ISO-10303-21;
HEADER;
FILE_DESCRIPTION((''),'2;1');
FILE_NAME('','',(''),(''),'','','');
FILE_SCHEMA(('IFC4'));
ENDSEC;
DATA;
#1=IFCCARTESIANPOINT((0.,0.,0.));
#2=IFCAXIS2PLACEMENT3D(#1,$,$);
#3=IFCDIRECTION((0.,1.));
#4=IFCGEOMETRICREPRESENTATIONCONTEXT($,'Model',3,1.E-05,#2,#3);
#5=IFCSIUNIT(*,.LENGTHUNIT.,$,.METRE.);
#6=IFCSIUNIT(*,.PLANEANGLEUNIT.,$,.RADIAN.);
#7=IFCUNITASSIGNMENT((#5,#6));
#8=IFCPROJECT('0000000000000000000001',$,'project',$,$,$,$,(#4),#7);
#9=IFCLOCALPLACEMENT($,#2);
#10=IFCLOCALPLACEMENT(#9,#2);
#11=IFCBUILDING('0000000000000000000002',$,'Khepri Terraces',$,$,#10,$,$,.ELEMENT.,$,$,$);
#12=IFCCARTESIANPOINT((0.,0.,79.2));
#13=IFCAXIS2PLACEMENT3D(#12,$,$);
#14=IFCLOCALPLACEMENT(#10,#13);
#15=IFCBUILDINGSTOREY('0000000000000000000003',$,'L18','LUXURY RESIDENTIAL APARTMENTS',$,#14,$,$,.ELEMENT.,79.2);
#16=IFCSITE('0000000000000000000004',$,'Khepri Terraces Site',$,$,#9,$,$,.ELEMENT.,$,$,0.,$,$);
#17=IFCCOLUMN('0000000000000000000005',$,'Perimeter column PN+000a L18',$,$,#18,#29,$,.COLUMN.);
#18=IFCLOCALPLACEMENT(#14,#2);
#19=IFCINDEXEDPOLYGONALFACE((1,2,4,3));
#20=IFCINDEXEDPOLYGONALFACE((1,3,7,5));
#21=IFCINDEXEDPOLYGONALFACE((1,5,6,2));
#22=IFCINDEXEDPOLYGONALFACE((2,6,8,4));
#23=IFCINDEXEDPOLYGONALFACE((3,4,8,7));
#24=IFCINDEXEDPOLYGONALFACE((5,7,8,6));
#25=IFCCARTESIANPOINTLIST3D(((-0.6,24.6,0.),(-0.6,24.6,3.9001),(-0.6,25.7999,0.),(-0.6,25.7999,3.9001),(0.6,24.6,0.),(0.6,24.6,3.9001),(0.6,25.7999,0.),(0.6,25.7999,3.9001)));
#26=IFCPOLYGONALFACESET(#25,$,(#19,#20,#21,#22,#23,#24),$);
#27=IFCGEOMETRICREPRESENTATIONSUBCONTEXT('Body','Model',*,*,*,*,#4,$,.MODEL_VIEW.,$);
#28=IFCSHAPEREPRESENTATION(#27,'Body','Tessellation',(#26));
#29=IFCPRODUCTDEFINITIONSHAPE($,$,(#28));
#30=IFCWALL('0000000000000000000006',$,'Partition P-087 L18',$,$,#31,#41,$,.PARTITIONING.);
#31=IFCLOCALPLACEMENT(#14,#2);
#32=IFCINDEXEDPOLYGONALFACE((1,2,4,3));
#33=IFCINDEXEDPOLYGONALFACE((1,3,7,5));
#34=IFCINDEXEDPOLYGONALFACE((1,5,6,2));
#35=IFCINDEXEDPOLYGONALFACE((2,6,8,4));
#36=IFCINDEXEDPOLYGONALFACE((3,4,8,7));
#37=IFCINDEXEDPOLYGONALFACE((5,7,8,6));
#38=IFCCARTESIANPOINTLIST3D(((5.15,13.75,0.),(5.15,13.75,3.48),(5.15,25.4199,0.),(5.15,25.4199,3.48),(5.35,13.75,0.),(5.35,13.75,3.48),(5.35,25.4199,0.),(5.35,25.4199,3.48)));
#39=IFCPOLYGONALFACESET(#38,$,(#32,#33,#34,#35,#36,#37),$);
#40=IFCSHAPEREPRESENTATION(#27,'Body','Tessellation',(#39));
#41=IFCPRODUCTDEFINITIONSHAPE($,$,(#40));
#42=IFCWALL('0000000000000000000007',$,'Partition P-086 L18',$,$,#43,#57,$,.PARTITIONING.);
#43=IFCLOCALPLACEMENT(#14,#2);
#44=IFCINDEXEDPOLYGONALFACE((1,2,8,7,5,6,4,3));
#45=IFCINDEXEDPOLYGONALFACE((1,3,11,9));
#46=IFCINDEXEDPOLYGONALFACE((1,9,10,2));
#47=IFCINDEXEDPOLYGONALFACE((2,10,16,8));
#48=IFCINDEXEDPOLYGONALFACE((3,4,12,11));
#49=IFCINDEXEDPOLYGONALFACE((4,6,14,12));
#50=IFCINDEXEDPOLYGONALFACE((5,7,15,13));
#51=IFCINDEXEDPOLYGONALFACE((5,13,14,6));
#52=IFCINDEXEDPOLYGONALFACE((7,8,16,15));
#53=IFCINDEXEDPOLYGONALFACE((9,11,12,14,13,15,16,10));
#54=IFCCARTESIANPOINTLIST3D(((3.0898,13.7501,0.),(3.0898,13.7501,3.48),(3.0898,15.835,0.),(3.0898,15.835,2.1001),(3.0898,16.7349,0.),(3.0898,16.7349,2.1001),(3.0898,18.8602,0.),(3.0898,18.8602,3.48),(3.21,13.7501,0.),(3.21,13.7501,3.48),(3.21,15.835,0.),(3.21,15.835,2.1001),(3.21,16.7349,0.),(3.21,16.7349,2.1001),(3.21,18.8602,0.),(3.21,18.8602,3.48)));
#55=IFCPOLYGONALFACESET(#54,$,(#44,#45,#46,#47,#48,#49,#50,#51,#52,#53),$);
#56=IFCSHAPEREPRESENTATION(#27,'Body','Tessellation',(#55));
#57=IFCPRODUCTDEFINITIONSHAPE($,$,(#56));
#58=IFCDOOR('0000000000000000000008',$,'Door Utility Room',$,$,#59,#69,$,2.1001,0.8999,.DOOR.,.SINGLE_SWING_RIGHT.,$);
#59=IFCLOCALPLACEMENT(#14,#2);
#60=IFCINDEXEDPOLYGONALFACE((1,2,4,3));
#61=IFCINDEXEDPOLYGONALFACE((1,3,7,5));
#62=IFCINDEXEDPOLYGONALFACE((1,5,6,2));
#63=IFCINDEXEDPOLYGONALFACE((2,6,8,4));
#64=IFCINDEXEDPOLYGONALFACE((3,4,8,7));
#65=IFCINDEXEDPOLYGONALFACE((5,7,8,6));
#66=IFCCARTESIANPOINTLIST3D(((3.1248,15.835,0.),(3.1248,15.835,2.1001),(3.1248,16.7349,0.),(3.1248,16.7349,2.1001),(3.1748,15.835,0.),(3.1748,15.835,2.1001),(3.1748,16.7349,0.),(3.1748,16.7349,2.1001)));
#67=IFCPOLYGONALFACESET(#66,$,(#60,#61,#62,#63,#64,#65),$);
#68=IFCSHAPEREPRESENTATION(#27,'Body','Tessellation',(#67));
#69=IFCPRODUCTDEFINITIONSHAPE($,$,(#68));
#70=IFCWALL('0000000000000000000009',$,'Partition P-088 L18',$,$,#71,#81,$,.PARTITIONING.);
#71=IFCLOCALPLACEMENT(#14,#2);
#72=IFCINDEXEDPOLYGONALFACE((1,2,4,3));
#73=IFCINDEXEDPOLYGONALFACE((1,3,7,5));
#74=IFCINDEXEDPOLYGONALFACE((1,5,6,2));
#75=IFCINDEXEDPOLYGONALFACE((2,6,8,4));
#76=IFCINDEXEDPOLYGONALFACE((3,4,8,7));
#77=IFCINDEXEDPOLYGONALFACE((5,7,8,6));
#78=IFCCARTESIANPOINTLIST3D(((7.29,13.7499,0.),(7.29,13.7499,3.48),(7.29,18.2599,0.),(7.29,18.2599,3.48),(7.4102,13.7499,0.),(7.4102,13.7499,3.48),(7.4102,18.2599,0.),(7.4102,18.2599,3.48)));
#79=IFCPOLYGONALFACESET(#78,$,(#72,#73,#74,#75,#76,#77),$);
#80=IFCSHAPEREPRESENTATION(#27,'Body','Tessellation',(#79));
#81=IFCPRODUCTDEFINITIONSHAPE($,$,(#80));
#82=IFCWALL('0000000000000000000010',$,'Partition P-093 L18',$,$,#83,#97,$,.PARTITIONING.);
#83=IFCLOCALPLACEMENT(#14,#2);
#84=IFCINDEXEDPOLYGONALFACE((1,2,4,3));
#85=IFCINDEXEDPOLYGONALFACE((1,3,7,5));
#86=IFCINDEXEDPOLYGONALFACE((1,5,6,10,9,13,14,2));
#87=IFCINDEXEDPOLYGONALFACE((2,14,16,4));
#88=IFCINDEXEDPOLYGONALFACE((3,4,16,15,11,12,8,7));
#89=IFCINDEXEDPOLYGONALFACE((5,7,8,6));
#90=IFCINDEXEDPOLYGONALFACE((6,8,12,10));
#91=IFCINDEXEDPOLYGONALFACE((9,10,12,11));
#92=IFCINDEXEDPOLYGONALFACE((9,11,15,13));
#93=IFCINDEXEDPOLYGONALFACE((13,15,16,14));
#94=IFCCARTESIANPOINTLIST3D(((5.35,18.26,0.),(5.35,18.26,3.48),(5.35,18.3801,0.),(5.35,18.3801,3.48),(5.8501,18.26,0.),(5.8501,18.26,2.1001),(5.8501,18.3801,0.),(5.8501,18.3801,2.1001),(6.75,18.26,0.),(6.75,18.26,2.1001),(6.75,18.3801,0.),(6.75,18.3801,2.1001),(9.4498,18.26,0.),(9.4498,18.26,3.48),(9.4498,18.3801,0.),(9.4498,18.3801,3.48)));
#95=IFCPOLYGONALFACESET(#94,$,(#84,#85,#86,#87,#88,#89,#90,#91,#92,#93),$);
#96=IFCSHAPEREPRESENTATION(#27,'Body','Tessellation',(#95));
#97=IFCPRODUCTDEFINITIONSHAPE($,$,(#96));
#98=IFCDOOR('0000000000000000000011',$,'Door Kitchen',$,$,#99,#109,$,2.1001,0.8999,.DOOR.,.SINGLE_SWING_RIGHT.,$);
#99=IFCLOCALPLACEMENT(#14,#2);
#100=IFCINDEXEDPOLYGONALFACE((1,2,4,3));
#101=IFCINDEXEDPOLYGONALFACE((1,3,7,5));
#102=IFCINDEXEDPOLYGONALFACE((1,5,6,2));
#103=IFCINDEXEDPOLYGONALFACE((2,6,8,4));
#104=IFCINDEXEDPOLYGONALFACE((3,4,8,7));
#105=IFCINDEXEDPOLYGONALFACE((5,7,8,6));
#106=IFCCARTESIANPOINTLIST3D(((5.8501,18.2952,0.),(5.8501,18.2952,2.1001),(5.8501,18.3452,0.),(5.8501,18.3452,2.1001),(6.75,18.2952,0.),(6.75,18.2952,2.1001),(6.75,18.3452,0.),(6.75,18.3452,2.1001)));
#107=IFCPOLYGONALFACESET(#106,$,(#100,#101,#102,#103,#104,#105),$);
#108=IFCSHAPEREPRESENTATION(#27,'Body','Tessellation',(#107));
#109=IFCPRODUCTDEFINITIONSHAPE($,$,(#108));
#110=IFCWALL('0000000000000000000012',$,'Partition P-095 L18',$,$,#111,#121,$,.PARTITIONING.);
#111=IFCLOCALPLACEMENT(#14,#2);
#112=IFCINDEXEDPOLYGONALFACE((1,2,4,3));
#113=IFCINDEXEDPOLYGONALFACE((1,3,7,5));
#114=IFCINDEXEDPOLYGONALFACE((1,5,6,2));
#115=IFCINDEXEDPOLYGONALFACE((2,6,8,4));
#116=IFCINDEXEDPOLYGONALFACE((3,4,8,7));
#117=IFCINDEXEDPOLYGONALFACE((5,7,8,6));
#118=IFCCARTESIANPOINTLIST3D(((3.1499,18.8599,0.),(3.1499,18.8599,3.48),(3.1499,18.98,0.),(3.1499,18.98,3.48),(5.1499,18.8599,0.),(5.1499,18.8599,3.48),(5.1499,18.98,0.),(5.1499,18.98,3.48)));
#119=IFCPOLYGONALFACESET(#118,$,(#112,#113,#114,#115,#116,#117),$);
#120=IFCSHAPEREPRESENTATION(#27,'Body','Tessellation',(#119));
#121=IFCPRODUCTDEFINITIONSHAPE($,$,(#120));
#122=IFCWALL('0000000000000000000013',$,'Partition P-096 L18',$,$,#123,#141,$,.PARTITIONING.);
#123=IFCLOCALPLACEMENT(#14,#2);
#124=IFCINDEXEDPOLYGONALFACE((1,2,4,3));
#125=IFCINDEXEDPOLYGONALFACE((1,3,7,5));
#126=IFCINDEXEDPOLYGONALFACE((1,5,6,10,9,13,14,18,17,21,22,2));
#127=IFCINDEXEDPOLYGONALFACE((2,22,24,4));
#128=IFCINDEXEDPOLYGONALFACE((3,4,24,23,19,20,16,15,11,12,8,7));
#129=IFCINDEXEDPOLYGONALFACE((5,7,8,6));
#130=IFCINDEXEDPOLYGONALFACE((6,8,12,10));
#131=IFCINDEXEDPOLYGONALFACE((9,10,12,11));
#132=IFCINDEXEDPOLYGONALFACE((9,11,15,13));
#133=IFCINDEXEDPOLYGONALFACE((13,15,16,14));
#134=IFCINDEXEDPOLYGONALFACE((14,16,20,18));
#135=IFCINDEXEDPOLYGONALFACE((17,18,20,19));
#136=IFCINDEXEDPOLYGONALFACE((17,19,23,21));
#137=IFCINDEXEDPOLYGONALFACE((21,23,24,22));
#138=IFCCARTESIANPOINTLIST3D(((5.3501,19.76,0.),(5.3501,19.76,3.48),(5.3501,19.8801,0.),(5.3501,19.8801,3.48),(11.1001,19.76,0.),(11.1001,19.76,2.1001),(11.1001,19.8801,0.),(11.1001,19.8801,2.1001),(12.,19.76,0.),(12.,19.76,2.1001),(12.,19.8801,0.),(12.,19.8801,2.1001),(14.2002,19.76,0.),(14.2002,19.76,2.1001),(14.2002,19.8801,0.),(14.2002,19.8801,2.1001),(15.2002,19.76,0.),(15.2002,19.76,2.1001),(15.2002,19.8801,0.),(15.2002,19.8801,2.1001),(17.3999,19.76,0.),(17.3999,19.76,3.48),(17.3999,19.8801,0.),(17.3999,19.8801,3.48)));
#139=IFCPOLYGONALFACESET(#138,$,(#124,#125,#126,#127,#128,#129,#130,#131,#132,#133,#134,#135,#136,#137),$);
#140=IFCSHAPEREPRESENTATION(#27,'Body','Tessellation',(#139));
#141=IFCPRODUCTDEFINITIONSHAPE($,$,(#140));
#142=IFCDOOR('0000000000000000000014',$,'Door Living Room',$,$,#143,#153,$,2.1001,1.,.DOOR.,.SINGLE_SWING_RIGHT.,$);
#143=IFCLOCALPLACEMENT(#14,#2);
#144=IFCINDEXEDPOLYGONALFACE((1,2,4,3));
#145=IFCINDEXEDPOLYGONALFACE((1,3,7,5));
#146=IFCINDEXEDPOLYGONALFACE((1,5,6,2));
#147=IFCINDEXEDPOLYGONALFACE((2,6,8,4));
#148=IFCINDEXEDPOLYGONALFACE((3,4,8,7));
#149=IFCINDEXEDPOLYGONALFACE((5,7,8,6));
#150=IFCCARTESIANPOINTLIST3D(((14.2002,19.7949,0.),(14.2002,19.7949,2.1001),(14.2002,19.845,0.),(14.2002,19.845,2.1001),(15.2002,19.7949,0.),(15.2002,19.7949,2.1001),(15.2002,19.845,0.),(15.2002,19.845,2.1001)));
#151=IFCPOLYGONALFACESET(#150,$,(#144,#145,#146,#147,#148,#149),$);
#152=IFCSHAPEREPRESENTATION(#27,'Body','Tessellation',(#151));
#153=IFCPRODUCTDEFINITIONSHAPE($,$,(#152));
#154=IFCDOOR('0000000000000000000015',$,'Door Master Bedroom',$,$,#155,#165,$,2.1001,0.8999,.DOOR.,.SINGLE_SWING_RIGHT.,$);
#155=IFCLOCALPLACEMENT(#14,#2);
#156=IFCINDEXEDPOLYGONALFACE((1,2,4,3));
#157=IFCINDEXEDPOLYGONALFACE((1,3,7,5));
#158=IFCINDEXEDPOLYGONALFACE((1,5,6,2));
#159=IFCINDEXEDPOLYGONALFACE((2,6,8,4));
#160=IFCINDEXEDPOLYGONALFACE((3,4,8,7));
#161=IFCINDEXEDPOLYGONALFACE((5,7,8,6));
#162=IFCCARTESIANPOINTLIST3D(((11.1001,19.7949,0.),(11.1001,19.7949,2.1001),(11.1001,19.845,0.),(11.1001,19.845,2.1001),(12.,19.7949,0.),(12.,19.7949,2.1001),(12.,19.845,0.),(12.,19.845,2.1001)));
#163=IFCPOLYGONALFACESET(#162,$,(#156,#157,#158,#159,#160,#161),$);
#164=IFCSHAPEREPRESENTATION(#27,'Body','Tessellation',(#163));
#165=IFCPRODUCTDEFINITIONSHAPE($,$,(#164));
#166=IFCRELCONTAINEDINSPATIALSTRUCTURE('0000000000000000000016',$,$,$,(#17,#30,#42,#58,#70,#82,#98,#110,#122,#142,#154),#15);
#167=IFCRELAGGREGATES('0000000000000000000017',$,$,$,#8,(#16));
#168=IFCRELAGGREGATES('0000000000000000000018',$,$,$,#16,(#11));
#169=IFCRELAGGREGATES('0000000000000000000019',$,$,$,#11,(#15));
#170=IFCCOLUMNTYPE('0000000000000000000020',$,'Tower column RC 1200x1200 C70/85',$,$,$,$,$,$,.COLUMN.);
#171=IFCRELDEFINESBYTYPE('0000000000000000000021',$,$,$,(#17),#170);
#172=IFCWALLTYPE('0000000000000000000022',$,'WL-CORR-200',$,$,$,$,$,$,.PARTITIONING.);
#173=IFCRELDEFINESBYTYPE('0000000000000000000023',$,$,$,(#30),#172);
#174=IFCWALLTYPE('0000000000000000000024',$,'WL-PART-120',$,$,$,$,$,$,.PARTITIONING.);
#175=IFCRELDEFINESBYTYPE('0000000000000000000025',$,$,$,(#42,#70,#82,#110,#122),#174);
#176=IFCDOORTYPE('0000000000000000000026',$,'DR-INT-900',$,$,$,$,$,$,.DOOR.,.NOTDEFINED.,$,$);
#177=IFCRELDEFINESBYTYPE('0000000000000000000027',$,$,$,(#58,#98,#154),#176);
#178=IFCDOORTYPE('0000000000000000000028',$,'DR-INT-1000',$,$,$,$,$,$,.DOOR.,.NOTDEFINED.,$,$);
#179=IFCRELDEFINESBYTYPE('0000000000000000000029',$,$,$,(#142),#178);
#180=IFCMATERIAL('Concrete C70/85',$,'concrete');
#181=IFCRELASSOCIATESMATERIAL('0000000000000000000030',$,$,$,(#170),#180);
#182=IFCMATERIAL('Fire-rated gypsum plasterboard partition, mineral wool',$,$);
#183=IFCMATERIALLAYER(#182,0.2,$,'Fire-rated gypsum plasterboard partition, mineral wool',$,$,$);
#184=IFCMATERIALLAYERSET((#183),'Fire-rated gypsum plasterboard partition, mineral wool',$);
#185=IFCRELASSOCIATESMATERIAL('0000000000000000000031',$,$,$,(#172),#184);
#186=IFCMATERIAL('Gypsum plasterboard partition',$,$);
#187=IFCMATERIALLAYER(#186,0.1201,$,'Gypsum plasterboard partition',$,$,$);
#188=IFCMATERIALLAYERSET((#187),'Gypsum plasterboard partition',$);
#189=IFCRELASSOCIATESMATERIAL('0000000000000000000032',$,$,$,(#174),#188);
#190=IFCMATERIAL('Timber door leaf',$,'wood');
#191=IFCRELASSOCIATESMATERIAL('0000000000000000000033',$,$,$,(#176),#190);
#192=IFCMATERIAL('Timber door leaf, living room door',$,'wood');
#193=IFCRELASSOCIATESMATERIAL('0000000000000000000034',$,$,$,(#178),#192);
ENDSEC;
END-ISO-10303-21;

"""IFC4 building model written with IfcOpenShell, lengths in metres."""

from ifc_helpers import new_model, si_unit, direction, frame, frame_2d, origin, origin_2d, place, context, subcontext, project, spatial, rectangle, extrude, material, layer, layer_set, material_profile, profile_set, type_object, element, fill, save


model = new_model("IFC4")

# Units and contexts
model_context = context("Model", 3, precision=1e-05, world=origin(), true_north=direction((0.0, 1.0)))
body_context = subcontext(model_context, "Body", "Model", "MODEL_VIEW")
ifc_project = project(units=[si_unit("LENGTHUNIT", "METRE"), si_unit("PLANEANGLEUNIT", "RADIAN")], contexts=[model_context])

# Site, building, storey
site_placement = place(None, origin())
site = spatial("IfcSite", under=ifc_project, at=site_placement, Name="Khepri Terraces Site", CompositionType="ELEMENT", RefElevation=0.0)
building_placement = place(site_placement, origin())
building = spatial("IfcBuilding", under=site, at=building_placement, Name="Khepri Terraces", CompositionType="ELEMENT")
storey_placement = place(building_placement, frame((0.0, 0.0, 79.2)))
storey = spatial("IfcBuildingStorey", under=building, at=storey_placement, Name="L18", Description="LUXURY RESIDENTIAL APARTMENTS", CompositionType="ELEMENT", Elevation=79.2)

# Column
ifc_material_1 = material(Name="Concrete C70/85", Category="concrete")
ifc_material_profile = material_profile(ifc_material_1, rectangle(XDim=1.2, YDim=1.2, at=origin_2d()), Name="Concrete C70/85", Category="concrete")
ifc_profile_set = profile_set([ifc_material_profile], Name="Concrete C70/85")
column_type = type_object("IfcColumnType", Name="Tower column RC 1200x1200 C70/85", PredefinedType="COLUMN", material=ifc_profile_set)
column_placement = place(storey_placement, frame((0.0, 25.2, 0.0), z_axis=(0.0, 0.0, 1.0), x_axis=(1.0, 0.0, 0.0)))
element("IfcColumn", 1, at=column_placement, inside=storey, type_object=column_type, Name="Perimeter column PN+000a L18", PredefinedType="COLUMN", context=body_context, shape_type="SweptSolid", body=[
    extrude(rectangle(XDim=1.2, YDim=1.2, at=origin_2d()), origin(), (0.0, 0.0, 1.0), 3.9001),
])

# Wall
ifc_material_2 = material(Name="Fire-rated gypsum plasterboard partition, mineral wool")
ifc_layer_1 = layer(ifc_material_2, 0.2, Name="Fire-rated gypsum plasterboard partition, mineral wool")
ifc_layer_set_1 = layer_set([ifc_layer_1], Name="Fire-rated gypsum plasterboard partition, mineral wool")
wall_type_1 = type_object("IfcWallType", Name="WL-CORR-200", PredefinedType="PARTITIONING", material=ifc_layer_set_1)
wall_1_placement = place(storey_placement, frame((5.25, 13.75, 0.0), z_axis=(0.0, 0.0, 1.0), x_axis=(0.0, 1.0, 0.0)))
element("IfcWall", 2, at=wall_1_placement, inside=storey, type_object=wall_type_1, Name="Partition P-087 L18", PredefinedType="PARTITIONING", context=body_context, shape_type="SweptSolid", body=[
    extrude(rectangle(XDim=11.6699, YDim=0.2, at=frame_2d((5.835, 0.0))), origin(), (0.0, 0.0, 1.0), 3.48),
])

# Wall, opening, door
ifc_material_3 = material(Name="Gypsum plasterboard partition")
ifc_layer_2 = layer(ifc_material_3, 0.1201, Name="Gypsum plasterboard partition")
ifc_layer_set_2 = layer_set([ifc_layer_2], Name="Gypsum plasterboard partition")
wall_type_2 = type_object("IfcWallType", Name="WL-PART-120", PredefinedType="PARTITIONING", material=ifc_layer_set_2)
wall_2_placement = place(storey_placement, frame((3.1499, 13.75, 0.0), z_axis=(0.0, 0.0, 1.0), x_axis=(0.0, 1.0, 0.0)))
wall_2 = element("IfcWall", 3, at=wall_2_placement, inside=storey, type_object=wall_type_2, Name="Partition P-086 L18", PredefinedType="PARTITIONING", context=body_context, shape_type="SweptSolid", body=[
    extrude(rectangle(XDim=5.1101, YDim=0.1201, at=frame_2d((2.5552, 0.0))), origin(), (0.0, 0.0, 1.0), 3.48),
])
opening_1_placement = place(wall_2_placement, frame((2.085, 0.0, 0.0)))
opening_1 = element("IfcOpeningElement", 4, at=opening_1_placement, cuts=wall_2, PredefinedType="OPENING", context=body_context, shape_type="SweptSolid", body=[
    extrude(rectangle(XDim=0.8999, YDim=2.1001, at=frame_2d((0.45, 1.05))), frame((0.0, 0.0701, 0.0), z_axis=(0.0, -1.0, 0.0), x_axis=(1.0, 0.0, 0.0)), (0.0, 0.0, 1.0), 0.1401),
])
ifc_material_4 = material(Name="Timber door leaf", Category="wood")
door_type_1 = type_object("IfcDoorType", Name="DR-INT-900", OperationType="NOTDEFINED", PredefinedType="DOOR", material=ifc_material_4)
door_1_placement = place(opening_1_placement, frame((0.8999, 0.0, 0.0), z_axis=(0.0, 0.0, 1.0), x_axis=(-1.0, 0.0, 0.0)))
door_1 = element("IfcDoor", 5, at=door_1_placement, inside=storey, type_object=door_type_1, Name="Door Utility Room", OperationType="SINGLE_SWING_RIGHT", OverallHeight=2.1001, OverallWidth=0.8999, PredefinedType="DOOR", context=body_context, shape_type="SweptSolid", body=[
    extrude(rectangle(XDim=0.8999, YDim=2.1001, at=frame_2d((0.45, 1.05))), frame((0.0, 0.0249, 0.0), z_axis=(0.0, -1.0, 0.0), x_axis=(1.0, 0.0, 0.0)), (0.0, 0.0, 1.0), 0.05),
])
fill(opening_1, door_1)

# Wall
wall_3_placement = place(storey_placement, frame((7.3501, 13.75, 0.0), z_axis=(0.0, 0.0, 1.0), x_axis=(0.0, 1.0, 0.0)))
element("IfcWall", 6, at=wall_3_placement, inside=storey, type_object=wall_type_2, Name="Partition P-088 L18", PredefinedType="PARTITIONING", context=body_context, shape_type="SweptSolid", body=[
    extrude(rectangle(XDim=4.51, YDim=0.1201, at=frame_2d((2.2549, 0.0))), origin(), (0.0, 0.0, 1.0), 3.48),
])

# Wall, opening, door
wall_4_placement = place(storey_placement, frame((5.3501, 18.3201, 0.0), z_axis=(0.0, 0.0, 1.0), x_axis=(1.0, 0.0, 0.0)))
wall_4 = element("IfcWall", 7, at=wall_4_placement, inside=storey, type_object=wall_type_2, Name="Partition P-093 L18", PredefinedType="PARTITIONING", context=body_context, shape_type="SweptSolid", body=[
    extrude(rectangle(XDim=4.0999, YDim=0.1201, at=frame_2d((2.0498, 0.0))), origin(), (0.0, 0.0, 1.0), 3.48),
])
opening_2_placement = place(wall_4_placement, frame((0.5, 0.0, 0.0)))
opening_2 = element("IfcOpeningElement", 8, at=opening_2_placement, cuts=wall_4, PredefinedType="OPENING", context=body_context, shape_type="SweptSolid", body=[
    extrude(rectangle(XDim=0.8999, YDim=2.1001, at=frame_2d((0.45, 1.05))), frame((0.0, 0.0701, 0.0), z_axis=(0.0, -1.0, 0.0), x_axis=(1.0, 0.0, 0.0)), (0.0, 0.0, 1.0), 0.1401),
])
door_2_placement = place(opening_2_placement, frame((0.8999, 0.0, 0.0), z_axis=(0.0, 0.0, 1.0), x_axis=(-1.0, 0.0, 0.0)))
door_2 = element("IfcDoor", 9, at=door_2_placement, inside=storey, type_object=door_type_1, Name="Door Kitchen", OperationType="SINGLE_SWING_RIGHT", OverallHeight=2.1001, OverallWidth=0.8999, PredefinedType="DOOR", context=body_context, shape_type="SweptSolid", body=[
    extrude(rectangle(XDim=0.8999, YDim=2.1001, at=frame_2d((0.45, 1.05))), frame((0.0, 0.0249, 0.0), z_axis=(0.0, -1.0, 0.0), x_axis=(1.0, 0.0, 0.0)), (0.0, 0.0, 1.0), 0.05),
])
fill(opening_2, door_2)

# Wall
wall_5_placement = place(storey_placement, frame((3.1499, 18.9199, 0.0), z_axis=(0.0, 0.0, 1.0), x_axis=(1.0, 0.0, 0.0)))
element("IfcWall", 10, at=wall_5_placement, inside=storey, type_object=wall_type_2, Name="Partition P-095 L18", PredefinedType="PARTITIONING", context=body_context, shape_type="SweptSolid", body=[
    extrude(rectangle(XDim=2.0, YDim=0.1201, at=frame_2d((1.0, 0.0))), origin(), (0.0, 0.0, 1.0), 3.48),
])

# Wall, openings, doors
wall_6_placement = place(storey_placement, frame((5.3501, 19.8201, 0.0), z_axis=(0.0, 0.0, 1.0), x_axis=(1.0, 0.0, 0.0)))
wall_6 = element("IfcWall", 11, at=wall_6_placement, inside=storey, type_object=wall_type_2, Name="Partition P-096 L18", PredefinedType="PARTITIONING", context=body_context, shape_type="SweptSolid", body=[
    extrude(rectangle(XDim=12.0498, YDim=0.1201, at=frame_2d((6.0249, 0.0))), origin(), (0.0, 0.0, 1.0), 3.48),
])
opening_3_placement = place(wall_6_placement, frame((8.8501, 0.0, 0.0)))
opening_3 = element("IfcOpeningElement", 12, at=opening_3_placement, cuts=wall_6, PredefinedType="OPENING", context=body_context, shape_type="SweptSolid", body=[
    extrude(rectangle(XDim=1.0, YDim=2.1001, at=frame_2d((0.5, 1.05))), frame((0.0, 0.0701, 0.0), z_axis=(0.0, -1.0, 0.0), x_axis=(1.0, 0.0, 0.0)), (0.0, 0.0, 1.0), 0.1401),
])
opening_4_placement = place(wall_6_placement, frame((5.75, 0.0, 0.0)))
opening_4 = element("IfcOpeningElement", 13, at=opening_4_placement, cuts=wall_6, PredefinedType="OPENING", context=body_context, shape_type="SweptSolid", body=[
    extrude(rectangle(XDim=0.8999, YDim=2.1001, at=frame_2d((0.45, 1.05))), frame((0.0, 0.0701, 0.0), z_axis=(0.0, -1.0, 0.0), x_axis=(1.0, 0.0, 0.0)), (0.0, 0.0, 1.0), 0.1401),
])
ifc_material_5 = material(Name="Timber door leaf, living room door", Category="wood")
door_type_2 = type_object("IfcDoorType", Name="DR-INT-1000", OperationType="NOTDEFINED", PredefinedType="DOOR", material=ifc_material_5)
door_3_placement = place(opening_3_placement, origin())
door_3 = element("IfcDoor", 14, at=door_3_placement, inside=storey, type_object=door_type_2, Name="Door Living Room", OperationType="SINGLE_SWING_RIGHT", OverallHeight=2.1001, OverallWidth=1.0, PredefinedType="DOOR", context=body_context, shape_type="SweptSolid", body=[
    extrude(rectangle(XDim=1.0, YDim=2.1001, at=frame_2d((0.5, 1.05))), frame((0.0, 0.0249, 0.0), z_axis=(0.0, -1.0, 0.0), x_axis=(1.0, 0.0, 0.0)), (0.0, 0.0, 1.0), 0.05),
])
fill(opening_3, door_3)
door_4_placement = place(opening_4_placement, origin())
door_4 = element("IfcDoor", 15, at=door_4_placement, inside=storey, type_object=door_type_1, Name="Door Master Bedroom", OperationType="SINGLE_SWING_RIGHT", OverallHeight=2.1001, OverallWidth=0.8999, PredefinedType="DOOR", context=body_context, shape_type="SweptSolid", body=[
    extrude(rectangle(XDim=0.8999, YDim=2.1001, at=frame_2d((0.45, 1.05))), frame((0.0, 0.0249, 0.0), z_axis=(0.0, -1.0, 0.0), x_axis=(1.0, 0.0, 0.0)), (0.0, 0.0, 1.0), 0.05),
])
fill(opening_4, door_4)

save(model, "model.ifc")
